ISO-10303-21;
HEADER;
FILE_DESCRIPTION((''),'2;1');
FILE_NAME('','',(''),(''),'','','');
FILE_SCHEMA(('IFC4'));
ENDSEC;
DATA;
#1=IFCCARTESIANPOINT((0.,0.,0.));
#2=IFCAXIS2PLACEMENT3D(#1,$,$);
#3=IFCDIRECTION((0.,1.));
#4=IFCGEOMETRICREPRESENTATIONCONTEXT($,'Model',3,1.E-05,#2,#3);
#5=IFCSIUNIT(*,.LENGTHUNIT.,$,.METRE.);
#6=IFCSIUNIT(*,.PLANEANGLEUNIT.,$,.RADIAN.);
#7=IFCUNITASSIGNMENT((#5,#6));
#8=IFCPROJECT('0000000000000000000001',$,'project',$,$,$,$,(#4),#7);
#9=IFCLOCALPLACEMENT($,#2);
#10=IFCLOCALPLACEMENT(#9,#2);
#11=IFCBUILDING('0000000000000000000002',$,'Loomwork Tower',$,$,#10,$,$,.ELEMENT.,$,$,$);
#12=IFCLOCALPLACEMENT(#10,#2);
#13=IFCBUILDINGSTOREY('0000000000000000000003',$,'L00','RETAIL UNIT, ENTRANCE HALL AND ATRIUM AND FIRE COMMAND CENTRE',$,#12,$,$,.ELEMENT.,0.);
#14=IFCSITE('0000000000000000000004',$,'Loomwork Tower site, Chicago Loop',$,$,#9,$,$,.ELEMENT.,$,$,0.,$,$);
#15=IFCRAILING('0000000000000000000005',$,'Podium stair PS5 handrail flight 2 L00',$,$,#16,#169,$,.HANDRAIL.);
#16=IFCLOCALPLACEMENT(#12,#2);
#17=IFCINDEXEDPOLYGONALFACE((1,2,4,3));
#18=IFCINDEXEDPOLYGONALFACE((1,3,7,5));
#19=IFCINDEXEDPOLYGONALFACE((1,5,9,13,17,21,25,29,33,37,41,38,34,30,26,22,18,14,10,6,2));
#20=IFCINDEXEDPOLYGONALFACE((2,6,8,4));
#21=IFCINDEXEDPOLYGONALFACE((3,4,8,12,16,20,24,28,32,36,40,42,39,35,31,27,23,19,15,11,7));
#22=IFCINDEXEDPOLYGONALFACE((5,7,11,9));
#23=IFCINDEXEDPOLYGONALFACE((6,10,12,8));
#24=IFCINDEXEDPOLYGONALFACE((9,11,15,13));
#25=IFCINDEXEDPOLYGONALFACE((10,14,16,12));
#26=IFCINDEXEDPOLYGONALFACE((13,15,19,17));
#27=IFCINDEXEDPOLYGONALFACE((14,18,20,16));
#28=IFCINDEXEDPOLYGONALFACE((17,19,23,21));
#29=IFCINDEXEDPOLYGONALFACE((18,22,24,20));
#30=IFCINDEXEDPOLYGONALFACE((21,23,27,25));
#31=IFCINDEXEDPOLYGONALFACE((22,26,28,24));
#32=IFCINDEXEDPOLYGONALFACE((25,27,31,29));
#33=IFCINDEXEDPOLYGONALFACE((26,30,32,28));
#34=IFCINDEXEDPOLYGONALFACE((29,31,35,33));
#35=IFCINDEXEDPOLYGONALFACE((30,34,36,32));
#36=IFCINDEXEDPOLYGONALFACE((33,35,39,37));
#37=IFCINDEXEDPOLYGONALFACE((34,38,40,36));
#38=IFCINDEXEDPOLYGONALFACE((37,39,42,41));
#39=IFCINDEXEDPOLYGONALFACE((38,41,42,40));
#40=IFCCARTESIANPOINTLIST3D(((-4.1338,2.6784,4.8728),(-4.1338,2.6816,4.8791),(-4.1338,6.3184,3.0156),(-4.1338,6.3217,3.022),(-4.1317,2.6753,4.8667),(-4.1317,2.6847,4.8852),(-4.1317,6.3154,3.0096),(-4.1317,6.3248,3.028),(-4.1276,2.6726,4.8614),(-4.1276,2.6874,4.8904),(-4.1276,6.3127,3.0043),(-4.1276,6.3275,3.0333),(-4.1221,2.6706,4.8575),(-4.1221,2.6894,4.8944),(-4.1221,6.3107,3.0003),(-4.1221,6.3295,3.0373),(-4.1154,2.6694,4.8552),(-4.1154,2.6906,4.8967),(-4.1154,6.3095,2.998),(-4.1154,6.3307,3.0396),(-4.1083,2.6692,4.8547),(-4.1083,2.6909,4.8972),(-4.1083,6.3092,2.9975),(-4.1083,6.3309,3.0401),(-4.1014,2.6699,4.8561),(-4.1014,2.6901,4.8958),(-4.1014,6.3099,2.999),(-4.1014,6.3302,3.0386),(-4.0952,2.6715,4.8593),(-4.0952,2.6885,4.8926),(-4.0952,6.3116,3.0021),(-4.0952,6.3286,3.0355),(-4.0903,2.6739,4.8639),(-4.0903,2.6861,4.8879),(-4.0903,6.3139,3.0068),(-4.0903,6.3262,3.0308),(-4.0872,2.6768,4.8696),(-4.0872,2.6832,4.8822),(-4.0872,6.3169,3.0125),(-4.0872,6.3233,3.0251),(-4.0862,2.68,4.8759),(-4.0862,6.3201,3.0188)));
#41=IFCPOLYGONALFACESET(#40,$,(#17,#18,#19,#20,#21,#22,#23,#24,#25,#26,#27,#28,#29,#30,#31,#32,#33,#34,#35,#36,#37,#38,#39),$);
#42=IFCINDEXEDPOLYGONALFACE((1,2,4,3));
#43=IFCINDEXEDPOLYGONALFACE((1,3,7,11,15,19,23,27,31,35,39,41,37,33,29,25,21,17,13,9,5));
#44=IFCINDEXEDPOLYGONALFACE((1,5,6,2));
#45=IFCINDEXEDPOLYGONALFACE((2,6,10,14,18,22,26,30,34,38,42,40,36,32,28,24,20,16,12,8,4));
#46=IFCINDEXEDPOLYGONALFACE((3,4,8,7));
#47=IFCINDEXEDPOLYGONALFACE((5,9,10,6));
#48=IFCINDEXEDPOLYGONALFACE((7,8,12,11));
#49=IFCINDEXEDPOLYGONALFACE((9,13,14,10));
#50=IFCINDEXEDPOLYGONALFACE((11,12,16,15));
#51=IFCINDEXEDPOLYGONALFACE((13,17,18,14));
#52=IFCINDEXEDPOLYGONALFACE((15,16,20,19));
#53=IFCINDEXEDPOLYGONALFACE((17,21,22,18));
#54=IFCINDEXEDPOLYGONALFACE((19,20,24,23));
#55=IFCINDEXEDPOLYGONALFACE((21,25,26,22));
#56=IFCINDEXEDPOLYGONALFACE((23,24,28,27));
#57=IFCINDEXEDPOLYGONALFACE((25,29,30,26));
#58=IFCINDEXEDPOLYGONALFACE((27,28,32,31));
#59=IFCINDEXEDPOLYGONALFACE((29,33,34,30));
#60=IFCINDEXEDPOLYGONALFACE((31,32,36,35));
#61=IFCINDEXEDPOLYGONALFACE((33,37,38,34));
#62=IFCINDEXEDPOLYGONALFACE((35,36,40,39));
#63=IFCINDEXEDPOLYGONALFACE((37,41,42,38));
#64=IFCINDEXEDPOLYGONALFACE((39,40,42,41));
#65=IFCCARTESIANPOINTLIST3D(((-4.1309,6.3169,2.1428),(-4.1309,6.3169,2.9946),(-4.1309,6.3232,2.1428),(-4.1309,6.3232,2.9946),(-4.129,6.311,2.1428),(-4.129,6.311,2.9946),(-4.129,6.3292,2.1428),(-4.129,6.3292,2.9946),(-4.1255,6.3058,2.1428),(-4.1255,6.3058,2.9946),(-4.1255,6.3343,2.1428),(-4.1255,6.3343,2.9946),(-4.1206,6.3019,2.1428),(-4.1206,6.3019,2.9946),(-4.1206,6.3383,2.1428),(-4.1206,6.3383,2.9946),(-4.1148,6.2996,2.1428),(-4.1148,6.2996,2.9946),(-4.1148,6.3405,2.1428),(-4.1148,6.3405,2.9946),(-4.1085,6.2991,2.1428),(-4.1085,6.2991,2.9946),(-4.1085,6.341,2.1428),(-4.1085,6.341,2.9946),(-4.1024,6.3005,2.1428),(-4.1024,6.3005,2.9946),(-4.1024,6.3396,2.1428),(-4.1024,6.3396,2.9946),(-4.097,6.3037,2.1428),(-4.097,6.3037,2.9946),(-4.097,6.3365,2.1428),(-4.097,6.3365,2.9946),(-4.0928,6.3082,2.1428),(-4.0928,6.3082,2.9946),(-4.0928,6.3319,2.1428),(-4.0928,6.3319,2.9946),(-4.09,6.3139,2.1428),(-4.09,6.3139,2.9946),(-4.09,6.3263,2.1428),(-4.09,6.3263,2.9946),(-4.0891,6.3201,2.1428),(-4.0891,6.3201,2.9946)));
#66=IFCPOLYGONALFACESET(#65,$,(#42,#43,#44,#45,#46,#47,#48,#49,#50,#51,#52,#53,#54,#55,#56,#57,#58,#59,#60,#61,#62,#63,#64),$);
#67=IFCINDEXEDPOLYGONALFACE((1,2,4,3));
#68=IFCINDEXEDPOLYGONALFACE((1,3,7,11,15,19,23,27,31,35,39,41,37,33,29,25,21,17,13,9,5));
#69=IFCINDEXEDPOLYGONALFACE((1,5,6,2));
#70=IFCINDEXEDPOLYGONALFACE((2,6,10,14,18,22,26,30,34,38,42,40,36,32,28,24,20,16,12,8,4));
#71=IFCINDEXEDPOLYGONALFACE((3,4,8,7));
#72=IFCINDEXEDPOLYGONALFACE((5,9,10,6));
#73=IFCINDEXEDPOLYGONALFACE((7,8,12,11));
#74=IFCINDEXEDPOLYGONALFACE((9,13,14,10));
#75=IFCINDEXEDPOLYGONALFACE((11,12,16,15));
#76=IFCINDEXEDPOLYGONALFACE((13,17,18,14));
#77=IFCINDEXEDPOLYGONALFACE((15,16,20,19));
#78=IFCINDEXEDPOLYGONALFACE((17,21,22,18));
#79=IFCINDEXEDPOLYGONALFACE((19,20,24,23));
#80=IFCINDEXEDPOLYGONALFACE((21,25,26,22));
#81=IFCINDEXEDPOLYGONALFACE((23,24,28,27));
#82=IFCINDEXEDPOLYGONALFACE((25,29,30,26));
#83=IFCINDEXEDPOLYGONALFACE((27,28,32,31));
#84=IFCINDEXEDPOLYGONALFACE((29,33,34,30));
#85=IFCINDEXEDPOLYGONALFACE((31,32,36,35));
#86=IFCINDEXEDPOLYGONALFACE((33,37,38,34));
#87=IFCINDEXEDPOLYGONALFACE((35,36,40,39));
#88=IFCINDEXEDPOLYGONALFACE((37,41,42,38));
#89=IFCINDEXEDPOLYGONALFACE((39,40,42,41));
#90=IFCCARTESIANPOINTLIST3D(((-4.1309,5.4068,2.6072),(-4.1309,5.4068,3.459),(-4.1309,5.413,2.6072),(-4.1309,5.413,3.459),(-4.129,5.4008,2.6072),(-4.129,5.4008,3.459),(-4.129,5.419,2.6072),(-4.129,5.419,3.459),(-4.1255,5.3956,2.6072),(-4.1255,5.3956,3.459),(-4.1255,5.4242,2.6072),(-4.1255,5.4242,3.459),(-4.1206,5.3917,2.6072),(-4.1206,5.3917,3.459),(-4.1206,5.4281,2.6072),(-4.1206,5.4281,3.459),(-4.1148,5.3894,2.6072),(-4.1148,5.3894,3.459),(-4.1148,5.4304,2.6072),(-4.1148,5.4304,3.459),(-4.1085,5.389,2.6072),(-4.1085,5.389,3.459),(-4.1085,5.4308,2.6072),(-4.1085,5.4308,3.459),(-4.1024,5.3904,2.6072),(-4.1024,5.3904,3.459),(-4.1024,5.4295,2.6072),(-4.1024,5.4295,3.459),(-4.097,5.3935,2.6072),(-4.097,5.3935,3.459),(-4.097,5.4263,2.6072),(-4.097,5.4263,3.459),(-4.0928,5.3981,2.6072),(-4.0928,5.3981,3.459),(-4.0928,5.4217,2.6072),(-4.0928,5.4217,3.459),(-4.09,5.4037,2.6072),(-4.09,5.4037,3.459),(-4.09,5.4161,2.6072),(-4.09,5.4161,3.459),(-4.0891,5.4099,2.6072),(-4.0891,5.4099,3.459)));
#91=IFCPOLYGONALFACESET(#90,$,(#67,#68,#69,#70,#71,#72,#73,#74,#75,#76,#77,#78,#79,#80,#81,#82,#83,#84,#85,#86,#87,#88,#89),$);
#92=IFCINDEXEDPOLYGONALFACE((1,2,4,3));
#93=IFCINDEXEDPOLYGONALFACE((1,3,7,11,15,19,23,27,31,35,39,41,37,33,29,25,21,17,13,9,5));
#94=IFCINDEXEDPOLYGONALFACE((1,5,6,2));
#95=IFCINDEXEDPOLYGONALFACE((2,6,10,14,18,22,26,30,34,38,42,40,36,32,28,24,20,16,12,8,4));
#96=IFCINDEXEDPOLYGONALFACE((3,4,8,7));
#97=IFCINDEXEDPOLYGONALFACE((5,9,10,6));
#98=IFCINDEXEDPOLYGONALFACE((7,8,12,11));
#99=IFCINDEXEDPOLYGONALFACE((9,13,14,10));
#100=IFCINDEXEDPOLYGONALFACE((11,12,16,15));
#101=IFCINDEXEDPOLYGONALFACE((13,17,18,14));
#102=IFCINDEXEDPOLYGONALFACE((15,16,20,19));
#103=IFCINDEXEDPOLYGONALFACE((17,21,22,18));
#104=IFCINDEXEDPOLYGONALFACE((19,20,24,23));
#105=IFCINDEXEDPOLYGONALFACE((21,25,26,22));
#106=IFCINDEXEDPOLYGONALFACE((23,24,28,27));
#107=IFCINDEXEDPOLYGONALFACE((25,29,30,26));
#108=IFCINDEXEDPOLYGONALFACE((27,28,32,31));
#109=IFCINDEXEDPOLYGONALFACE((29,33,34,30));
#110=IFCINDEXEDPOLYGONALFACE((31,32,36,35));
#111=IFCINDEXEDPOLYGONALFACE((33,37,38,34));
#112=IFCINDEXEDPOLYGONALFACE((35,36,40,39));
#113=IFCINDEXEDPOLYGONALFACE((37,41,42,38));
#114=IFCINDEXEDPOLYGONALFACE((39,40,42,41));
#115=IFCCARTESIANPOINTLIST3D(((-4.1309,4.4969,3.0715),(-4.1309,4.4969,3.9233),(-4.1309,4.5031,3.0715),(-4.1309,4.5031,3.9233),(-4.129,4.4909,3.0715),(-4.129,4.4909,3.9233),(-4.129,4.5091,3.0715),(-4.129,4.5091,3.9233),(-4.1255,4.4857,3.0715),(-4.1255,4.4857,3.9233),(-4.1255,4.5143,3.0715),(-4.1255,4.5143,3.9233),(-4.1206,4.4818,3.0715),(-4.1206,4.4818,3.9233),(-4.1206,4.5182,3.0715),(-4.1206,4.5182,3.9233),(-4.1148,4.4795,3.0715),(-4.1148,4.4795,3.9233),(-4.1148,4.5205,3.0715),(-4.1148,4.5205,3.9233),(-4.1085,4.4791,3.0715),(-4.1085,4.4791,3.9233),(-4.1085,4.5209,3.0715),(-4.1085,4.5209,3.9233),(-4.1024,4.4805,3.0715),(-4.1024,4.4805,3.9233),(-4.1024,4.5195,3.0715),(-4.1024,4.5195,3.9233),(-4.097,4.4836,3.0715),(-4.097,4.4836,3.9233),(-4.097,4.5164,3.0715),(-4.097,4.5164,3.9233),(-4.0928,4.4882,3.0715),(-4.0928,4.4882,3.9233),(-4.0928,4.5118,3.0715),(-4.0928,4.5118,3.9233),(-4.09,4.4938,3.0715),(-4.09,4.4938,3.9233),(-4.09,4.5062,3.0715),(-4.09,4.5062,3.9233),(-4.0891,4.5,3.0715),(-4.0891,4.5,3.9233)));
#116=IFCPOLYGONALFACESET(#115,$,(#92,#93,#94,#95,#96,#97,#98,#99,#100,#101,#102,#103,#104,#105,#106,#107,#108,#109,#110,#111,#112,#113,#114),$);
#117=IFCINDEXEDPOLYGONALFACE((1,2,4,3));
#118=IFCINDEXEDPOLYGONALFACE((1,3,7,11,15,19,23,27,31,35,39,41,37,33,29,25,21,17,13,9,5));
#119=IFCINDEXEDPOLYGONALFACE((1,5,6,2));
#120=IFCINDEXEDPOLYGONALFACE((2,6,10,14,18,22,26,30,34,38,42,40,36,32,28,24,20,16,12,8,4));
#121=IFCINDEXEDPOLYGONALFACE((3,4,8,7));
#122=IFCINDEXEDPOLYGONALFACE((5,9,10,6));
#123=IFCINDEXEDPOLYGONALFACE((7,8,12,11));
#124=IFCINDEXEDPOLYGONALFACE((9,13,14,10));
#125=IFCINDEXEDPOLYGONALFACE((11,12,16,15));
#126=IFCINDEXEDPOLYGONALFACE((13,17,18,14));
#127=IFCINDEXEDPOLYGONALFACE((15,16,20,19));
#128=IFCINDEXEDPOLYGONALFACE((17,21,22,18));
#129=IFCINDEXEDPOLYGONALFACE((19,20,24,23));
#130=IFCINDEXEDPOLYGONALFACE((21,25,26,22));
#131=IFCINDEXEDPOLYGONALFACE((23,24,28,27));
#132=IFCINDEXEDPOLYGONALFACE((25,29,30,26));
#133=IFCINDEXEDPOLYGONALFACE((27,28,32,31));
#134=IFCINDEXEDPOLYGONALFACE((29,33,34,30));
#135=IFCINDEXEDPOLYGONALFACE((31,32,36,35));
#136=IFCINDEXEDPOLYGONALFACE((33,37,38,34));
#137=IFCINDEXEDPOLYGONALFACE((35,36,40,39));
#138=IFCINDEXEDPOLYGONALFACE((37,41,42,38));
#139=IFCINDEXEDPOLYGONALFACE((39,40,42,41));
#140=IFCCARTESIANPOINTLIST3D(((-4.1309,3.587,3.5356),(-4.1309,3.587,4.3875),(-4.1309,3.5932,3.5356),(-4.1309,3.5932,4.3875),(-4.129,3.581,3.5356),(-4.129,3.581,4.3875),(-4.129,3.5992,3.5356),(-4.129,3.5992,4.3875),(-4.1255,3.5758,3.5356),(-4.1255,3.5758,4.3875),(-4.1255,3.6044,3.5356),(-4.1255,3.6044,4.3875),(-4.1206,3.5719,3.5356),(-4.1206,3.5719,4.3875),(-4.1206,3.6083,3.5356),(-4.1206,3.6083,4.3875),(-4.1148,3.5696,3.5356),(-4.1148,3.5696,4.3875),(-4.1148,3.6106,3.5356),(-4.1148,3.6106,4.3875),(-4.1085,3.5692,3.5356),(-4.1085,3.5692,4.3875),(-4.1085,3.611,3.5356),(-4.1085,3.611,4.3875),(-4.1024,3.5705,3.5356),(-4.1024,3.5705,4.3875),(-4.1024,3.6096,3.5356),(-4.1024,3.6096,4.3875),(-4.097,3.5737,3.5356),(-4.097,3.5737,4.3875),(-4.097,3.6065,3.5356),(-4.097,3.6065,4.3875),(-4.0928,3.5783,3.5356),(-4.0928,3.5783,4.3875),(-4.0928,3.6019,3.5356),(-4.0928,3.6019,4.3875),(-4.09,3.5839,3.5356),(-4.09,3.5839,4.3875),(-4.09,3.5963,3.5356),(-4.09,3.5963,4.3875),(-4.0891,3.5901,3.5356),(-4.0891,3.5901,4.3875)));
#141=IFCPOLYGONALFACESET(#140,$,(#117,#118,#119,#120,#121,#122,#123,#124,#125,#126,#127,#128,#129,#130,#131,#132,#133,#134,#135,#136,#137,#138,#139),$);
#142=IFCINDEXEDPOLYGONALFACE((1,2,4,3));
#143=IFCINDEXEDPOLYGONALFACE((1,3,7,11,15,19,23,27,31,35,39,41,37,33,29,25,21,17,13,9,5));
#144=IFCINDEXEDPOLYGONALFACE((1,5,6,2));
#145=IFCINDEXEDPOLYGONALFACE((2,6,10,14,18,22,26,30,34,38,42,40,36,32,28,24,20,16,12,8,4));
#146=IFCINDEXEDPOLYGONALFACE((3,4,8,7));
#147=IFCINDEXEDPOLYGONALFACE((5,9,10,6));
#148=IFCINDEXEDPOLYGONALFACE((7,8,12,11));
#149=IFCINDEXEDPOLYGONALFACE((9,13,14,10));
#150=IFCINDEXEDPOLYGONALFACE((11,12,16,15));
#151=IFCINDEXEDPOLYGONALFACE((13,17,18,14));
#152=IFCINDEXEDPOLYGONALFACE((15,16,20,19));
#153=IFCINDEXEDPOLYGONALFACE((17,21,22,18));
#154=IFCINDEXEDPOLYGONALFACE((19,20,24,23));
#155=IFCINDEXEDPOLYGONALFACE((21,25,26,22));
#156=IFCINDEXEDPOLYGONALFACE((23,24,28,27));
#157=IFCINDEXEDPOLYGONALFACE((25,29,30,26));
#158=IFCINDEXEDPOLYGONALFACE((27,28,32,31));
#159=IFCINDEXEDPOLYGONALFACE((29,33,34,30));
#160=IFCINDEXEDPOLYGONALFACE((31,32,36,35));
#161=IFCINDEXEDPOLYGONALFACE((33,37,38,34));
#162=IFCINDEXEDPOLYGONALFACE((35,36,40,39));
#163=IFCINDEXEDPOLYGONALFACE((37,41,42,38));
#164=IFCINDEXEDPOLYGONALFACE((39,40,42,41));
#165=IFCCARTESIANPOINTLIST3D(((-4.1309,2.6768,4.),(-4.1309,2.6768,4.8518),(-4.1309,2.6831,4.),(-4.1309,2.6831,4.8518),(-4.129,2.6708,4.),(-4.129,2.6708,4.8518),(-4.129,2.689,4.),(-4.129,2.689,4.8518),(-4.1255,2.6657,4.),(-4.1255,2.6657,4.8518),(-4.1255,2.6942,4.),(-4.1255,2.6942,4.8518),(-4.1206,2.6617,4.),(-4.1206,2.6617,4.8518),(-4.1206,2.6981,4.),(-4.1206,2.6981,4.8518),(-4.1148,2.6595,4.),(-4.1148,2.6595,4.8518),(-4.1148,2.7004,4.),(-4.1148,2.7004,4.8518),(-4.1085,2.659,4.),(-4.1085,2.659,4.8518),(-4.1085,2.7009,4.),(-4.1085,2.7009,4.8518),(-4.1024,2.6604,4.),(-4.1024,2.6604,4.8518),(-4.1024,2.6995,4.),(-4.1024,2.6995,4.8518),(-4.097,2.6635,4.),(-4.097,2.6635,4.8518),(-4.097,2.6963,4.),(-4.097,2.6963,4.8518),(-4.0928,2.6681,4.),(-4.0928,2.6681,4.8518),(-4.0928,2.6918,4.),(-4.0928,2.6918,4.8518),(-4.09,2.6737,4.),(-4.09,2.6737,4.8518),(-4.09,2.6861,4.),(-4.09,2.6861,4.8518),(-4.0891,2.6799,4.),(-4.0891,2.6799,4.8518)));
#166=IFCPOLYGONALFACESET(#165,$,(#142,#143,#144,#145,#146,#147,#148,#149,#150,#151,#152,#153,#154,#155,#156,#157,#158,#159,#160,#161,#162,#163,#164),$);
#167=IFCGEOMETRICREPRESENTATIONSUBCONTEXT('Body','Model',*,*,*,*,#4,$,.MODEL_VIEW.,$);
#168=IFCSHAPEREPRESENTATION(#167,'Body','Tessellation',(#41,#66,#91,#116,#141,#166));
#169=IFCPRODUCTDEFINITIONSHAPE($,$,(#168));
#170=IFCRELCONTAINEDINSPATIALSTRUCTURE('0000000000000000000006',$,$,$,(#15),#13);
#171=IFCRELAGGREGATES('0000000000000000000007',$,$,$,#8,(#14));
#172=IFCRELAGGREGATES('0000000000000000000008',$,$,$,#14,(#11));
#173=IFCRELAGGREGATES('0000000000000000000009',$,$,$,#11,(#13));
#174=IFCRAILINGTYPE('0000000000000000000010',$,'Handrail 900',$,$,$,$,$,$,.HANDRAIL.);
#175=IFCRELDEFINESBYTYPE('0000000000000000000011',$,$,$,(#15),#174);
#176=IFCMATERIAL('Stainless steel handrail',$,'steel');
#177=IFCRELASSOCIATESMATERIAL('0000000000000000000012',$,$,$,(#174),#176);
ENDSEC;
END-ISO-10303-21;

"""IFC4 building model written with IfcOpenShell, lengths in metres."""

from ifc_helpers import new_model, si_unit, direction, frame, origin, origin_2d, place, context, subcontext, project, spatial, circle, extrude, material, type_object, element, save


model = new_model("IFC4")

# Units and contexts
model_context = context("Model", 3, precision=1e-05, world=origin(), true_north=direction((0.0, 1.0)))
body_context = subcontext(model_context, "Body", "Model", "MODEL_VIEW")
ifc_project = project(units=[si_unit("LENGTHUNIT", "METRE"), si_unit("PLANEANGLEUNIT", "RADIAN")], contexts=[model_context])

# Site, building, storey
site_placement = place(None, origin())
site = spatial("IfcSite", under=ifc_project, at=site_placement, Name="Loomwork Tower site, Chicago Loop", CompositionType="ELEMENT", RefElevation=0.0)
building_placement = place(site_placement, origin())
building = spatial("IfcBuilding", under=site, at=building_placement, Name="Loomwork Tower", CompositionType="ELEMENT")
storey_placement = place(building_placement, origin())
storey = spatial("IfcBuildingStorey", under=building, at=storey_placement, Name="L00", Description="RETAIL UNIT, ENTRANCE HALL AND ATRIUM AND FIRE COMMAND CENTRE", CompositionType="ELEMENT", Elevation=0.0)

# Railing
ifc_material_1 = material(Name="Stainless steel handrail", Category="steel")
railing_type = type_object("IfcRailingType", Name="Handrail 900", PredefinedType="HANDRAIL", material=ifc_material_1)
railing_1_placement = place(storey_placement, frame((-4.1101, 6.3201, 2.1428)))
element("IfcRailing", 1, at=railing_1_placement, inside=storey, type_object=railing_type, Name="Podium stair PS5 handrail flight 2 L00", PredefinedType="HANDRAIL", context=body_context, shape_type="SweptSolid", body=[
    extrude(circle(Radius=0.0239, at=origin_2d()), frame((0.0, 0.0, 0.876), z_axis=(0.0, -0.890765, 0.454464), x_axis=(1.0, 0.0, 0.0)), (0.0, 0.0, 1.0), 4.0864),
    extrude(circle(Radius=0.021, at=origin_2d()), origin(), (0.0, 0.0, 1.0), 0.8518),
    extrude(circle(Radius=0.021, at=origin_2d()), frame((0.0, -0.9102, 0.4644)), (0.0, 0.0, 1.0), 0.8518),
    extrude(circle(Radius=0.021, at=origin_2d()), frame((0.0, -1.8201, 0.9287)), (0.0, 0.0, 1.0), 0.8518),
    extrude(circle(Radius=0.021, at=origin_2d()), frame((0.0, -2.73, 1.3928)), (0.0, 0.0, 1.0), 0.8518),
    extrude(circle(Radius=0.021, at=origin_2d()), frame((0.0, -3.6401, 1.8572)), (0.0, 0.0, 1.0), 0.8518),
])

save(model, "model.ifc")
